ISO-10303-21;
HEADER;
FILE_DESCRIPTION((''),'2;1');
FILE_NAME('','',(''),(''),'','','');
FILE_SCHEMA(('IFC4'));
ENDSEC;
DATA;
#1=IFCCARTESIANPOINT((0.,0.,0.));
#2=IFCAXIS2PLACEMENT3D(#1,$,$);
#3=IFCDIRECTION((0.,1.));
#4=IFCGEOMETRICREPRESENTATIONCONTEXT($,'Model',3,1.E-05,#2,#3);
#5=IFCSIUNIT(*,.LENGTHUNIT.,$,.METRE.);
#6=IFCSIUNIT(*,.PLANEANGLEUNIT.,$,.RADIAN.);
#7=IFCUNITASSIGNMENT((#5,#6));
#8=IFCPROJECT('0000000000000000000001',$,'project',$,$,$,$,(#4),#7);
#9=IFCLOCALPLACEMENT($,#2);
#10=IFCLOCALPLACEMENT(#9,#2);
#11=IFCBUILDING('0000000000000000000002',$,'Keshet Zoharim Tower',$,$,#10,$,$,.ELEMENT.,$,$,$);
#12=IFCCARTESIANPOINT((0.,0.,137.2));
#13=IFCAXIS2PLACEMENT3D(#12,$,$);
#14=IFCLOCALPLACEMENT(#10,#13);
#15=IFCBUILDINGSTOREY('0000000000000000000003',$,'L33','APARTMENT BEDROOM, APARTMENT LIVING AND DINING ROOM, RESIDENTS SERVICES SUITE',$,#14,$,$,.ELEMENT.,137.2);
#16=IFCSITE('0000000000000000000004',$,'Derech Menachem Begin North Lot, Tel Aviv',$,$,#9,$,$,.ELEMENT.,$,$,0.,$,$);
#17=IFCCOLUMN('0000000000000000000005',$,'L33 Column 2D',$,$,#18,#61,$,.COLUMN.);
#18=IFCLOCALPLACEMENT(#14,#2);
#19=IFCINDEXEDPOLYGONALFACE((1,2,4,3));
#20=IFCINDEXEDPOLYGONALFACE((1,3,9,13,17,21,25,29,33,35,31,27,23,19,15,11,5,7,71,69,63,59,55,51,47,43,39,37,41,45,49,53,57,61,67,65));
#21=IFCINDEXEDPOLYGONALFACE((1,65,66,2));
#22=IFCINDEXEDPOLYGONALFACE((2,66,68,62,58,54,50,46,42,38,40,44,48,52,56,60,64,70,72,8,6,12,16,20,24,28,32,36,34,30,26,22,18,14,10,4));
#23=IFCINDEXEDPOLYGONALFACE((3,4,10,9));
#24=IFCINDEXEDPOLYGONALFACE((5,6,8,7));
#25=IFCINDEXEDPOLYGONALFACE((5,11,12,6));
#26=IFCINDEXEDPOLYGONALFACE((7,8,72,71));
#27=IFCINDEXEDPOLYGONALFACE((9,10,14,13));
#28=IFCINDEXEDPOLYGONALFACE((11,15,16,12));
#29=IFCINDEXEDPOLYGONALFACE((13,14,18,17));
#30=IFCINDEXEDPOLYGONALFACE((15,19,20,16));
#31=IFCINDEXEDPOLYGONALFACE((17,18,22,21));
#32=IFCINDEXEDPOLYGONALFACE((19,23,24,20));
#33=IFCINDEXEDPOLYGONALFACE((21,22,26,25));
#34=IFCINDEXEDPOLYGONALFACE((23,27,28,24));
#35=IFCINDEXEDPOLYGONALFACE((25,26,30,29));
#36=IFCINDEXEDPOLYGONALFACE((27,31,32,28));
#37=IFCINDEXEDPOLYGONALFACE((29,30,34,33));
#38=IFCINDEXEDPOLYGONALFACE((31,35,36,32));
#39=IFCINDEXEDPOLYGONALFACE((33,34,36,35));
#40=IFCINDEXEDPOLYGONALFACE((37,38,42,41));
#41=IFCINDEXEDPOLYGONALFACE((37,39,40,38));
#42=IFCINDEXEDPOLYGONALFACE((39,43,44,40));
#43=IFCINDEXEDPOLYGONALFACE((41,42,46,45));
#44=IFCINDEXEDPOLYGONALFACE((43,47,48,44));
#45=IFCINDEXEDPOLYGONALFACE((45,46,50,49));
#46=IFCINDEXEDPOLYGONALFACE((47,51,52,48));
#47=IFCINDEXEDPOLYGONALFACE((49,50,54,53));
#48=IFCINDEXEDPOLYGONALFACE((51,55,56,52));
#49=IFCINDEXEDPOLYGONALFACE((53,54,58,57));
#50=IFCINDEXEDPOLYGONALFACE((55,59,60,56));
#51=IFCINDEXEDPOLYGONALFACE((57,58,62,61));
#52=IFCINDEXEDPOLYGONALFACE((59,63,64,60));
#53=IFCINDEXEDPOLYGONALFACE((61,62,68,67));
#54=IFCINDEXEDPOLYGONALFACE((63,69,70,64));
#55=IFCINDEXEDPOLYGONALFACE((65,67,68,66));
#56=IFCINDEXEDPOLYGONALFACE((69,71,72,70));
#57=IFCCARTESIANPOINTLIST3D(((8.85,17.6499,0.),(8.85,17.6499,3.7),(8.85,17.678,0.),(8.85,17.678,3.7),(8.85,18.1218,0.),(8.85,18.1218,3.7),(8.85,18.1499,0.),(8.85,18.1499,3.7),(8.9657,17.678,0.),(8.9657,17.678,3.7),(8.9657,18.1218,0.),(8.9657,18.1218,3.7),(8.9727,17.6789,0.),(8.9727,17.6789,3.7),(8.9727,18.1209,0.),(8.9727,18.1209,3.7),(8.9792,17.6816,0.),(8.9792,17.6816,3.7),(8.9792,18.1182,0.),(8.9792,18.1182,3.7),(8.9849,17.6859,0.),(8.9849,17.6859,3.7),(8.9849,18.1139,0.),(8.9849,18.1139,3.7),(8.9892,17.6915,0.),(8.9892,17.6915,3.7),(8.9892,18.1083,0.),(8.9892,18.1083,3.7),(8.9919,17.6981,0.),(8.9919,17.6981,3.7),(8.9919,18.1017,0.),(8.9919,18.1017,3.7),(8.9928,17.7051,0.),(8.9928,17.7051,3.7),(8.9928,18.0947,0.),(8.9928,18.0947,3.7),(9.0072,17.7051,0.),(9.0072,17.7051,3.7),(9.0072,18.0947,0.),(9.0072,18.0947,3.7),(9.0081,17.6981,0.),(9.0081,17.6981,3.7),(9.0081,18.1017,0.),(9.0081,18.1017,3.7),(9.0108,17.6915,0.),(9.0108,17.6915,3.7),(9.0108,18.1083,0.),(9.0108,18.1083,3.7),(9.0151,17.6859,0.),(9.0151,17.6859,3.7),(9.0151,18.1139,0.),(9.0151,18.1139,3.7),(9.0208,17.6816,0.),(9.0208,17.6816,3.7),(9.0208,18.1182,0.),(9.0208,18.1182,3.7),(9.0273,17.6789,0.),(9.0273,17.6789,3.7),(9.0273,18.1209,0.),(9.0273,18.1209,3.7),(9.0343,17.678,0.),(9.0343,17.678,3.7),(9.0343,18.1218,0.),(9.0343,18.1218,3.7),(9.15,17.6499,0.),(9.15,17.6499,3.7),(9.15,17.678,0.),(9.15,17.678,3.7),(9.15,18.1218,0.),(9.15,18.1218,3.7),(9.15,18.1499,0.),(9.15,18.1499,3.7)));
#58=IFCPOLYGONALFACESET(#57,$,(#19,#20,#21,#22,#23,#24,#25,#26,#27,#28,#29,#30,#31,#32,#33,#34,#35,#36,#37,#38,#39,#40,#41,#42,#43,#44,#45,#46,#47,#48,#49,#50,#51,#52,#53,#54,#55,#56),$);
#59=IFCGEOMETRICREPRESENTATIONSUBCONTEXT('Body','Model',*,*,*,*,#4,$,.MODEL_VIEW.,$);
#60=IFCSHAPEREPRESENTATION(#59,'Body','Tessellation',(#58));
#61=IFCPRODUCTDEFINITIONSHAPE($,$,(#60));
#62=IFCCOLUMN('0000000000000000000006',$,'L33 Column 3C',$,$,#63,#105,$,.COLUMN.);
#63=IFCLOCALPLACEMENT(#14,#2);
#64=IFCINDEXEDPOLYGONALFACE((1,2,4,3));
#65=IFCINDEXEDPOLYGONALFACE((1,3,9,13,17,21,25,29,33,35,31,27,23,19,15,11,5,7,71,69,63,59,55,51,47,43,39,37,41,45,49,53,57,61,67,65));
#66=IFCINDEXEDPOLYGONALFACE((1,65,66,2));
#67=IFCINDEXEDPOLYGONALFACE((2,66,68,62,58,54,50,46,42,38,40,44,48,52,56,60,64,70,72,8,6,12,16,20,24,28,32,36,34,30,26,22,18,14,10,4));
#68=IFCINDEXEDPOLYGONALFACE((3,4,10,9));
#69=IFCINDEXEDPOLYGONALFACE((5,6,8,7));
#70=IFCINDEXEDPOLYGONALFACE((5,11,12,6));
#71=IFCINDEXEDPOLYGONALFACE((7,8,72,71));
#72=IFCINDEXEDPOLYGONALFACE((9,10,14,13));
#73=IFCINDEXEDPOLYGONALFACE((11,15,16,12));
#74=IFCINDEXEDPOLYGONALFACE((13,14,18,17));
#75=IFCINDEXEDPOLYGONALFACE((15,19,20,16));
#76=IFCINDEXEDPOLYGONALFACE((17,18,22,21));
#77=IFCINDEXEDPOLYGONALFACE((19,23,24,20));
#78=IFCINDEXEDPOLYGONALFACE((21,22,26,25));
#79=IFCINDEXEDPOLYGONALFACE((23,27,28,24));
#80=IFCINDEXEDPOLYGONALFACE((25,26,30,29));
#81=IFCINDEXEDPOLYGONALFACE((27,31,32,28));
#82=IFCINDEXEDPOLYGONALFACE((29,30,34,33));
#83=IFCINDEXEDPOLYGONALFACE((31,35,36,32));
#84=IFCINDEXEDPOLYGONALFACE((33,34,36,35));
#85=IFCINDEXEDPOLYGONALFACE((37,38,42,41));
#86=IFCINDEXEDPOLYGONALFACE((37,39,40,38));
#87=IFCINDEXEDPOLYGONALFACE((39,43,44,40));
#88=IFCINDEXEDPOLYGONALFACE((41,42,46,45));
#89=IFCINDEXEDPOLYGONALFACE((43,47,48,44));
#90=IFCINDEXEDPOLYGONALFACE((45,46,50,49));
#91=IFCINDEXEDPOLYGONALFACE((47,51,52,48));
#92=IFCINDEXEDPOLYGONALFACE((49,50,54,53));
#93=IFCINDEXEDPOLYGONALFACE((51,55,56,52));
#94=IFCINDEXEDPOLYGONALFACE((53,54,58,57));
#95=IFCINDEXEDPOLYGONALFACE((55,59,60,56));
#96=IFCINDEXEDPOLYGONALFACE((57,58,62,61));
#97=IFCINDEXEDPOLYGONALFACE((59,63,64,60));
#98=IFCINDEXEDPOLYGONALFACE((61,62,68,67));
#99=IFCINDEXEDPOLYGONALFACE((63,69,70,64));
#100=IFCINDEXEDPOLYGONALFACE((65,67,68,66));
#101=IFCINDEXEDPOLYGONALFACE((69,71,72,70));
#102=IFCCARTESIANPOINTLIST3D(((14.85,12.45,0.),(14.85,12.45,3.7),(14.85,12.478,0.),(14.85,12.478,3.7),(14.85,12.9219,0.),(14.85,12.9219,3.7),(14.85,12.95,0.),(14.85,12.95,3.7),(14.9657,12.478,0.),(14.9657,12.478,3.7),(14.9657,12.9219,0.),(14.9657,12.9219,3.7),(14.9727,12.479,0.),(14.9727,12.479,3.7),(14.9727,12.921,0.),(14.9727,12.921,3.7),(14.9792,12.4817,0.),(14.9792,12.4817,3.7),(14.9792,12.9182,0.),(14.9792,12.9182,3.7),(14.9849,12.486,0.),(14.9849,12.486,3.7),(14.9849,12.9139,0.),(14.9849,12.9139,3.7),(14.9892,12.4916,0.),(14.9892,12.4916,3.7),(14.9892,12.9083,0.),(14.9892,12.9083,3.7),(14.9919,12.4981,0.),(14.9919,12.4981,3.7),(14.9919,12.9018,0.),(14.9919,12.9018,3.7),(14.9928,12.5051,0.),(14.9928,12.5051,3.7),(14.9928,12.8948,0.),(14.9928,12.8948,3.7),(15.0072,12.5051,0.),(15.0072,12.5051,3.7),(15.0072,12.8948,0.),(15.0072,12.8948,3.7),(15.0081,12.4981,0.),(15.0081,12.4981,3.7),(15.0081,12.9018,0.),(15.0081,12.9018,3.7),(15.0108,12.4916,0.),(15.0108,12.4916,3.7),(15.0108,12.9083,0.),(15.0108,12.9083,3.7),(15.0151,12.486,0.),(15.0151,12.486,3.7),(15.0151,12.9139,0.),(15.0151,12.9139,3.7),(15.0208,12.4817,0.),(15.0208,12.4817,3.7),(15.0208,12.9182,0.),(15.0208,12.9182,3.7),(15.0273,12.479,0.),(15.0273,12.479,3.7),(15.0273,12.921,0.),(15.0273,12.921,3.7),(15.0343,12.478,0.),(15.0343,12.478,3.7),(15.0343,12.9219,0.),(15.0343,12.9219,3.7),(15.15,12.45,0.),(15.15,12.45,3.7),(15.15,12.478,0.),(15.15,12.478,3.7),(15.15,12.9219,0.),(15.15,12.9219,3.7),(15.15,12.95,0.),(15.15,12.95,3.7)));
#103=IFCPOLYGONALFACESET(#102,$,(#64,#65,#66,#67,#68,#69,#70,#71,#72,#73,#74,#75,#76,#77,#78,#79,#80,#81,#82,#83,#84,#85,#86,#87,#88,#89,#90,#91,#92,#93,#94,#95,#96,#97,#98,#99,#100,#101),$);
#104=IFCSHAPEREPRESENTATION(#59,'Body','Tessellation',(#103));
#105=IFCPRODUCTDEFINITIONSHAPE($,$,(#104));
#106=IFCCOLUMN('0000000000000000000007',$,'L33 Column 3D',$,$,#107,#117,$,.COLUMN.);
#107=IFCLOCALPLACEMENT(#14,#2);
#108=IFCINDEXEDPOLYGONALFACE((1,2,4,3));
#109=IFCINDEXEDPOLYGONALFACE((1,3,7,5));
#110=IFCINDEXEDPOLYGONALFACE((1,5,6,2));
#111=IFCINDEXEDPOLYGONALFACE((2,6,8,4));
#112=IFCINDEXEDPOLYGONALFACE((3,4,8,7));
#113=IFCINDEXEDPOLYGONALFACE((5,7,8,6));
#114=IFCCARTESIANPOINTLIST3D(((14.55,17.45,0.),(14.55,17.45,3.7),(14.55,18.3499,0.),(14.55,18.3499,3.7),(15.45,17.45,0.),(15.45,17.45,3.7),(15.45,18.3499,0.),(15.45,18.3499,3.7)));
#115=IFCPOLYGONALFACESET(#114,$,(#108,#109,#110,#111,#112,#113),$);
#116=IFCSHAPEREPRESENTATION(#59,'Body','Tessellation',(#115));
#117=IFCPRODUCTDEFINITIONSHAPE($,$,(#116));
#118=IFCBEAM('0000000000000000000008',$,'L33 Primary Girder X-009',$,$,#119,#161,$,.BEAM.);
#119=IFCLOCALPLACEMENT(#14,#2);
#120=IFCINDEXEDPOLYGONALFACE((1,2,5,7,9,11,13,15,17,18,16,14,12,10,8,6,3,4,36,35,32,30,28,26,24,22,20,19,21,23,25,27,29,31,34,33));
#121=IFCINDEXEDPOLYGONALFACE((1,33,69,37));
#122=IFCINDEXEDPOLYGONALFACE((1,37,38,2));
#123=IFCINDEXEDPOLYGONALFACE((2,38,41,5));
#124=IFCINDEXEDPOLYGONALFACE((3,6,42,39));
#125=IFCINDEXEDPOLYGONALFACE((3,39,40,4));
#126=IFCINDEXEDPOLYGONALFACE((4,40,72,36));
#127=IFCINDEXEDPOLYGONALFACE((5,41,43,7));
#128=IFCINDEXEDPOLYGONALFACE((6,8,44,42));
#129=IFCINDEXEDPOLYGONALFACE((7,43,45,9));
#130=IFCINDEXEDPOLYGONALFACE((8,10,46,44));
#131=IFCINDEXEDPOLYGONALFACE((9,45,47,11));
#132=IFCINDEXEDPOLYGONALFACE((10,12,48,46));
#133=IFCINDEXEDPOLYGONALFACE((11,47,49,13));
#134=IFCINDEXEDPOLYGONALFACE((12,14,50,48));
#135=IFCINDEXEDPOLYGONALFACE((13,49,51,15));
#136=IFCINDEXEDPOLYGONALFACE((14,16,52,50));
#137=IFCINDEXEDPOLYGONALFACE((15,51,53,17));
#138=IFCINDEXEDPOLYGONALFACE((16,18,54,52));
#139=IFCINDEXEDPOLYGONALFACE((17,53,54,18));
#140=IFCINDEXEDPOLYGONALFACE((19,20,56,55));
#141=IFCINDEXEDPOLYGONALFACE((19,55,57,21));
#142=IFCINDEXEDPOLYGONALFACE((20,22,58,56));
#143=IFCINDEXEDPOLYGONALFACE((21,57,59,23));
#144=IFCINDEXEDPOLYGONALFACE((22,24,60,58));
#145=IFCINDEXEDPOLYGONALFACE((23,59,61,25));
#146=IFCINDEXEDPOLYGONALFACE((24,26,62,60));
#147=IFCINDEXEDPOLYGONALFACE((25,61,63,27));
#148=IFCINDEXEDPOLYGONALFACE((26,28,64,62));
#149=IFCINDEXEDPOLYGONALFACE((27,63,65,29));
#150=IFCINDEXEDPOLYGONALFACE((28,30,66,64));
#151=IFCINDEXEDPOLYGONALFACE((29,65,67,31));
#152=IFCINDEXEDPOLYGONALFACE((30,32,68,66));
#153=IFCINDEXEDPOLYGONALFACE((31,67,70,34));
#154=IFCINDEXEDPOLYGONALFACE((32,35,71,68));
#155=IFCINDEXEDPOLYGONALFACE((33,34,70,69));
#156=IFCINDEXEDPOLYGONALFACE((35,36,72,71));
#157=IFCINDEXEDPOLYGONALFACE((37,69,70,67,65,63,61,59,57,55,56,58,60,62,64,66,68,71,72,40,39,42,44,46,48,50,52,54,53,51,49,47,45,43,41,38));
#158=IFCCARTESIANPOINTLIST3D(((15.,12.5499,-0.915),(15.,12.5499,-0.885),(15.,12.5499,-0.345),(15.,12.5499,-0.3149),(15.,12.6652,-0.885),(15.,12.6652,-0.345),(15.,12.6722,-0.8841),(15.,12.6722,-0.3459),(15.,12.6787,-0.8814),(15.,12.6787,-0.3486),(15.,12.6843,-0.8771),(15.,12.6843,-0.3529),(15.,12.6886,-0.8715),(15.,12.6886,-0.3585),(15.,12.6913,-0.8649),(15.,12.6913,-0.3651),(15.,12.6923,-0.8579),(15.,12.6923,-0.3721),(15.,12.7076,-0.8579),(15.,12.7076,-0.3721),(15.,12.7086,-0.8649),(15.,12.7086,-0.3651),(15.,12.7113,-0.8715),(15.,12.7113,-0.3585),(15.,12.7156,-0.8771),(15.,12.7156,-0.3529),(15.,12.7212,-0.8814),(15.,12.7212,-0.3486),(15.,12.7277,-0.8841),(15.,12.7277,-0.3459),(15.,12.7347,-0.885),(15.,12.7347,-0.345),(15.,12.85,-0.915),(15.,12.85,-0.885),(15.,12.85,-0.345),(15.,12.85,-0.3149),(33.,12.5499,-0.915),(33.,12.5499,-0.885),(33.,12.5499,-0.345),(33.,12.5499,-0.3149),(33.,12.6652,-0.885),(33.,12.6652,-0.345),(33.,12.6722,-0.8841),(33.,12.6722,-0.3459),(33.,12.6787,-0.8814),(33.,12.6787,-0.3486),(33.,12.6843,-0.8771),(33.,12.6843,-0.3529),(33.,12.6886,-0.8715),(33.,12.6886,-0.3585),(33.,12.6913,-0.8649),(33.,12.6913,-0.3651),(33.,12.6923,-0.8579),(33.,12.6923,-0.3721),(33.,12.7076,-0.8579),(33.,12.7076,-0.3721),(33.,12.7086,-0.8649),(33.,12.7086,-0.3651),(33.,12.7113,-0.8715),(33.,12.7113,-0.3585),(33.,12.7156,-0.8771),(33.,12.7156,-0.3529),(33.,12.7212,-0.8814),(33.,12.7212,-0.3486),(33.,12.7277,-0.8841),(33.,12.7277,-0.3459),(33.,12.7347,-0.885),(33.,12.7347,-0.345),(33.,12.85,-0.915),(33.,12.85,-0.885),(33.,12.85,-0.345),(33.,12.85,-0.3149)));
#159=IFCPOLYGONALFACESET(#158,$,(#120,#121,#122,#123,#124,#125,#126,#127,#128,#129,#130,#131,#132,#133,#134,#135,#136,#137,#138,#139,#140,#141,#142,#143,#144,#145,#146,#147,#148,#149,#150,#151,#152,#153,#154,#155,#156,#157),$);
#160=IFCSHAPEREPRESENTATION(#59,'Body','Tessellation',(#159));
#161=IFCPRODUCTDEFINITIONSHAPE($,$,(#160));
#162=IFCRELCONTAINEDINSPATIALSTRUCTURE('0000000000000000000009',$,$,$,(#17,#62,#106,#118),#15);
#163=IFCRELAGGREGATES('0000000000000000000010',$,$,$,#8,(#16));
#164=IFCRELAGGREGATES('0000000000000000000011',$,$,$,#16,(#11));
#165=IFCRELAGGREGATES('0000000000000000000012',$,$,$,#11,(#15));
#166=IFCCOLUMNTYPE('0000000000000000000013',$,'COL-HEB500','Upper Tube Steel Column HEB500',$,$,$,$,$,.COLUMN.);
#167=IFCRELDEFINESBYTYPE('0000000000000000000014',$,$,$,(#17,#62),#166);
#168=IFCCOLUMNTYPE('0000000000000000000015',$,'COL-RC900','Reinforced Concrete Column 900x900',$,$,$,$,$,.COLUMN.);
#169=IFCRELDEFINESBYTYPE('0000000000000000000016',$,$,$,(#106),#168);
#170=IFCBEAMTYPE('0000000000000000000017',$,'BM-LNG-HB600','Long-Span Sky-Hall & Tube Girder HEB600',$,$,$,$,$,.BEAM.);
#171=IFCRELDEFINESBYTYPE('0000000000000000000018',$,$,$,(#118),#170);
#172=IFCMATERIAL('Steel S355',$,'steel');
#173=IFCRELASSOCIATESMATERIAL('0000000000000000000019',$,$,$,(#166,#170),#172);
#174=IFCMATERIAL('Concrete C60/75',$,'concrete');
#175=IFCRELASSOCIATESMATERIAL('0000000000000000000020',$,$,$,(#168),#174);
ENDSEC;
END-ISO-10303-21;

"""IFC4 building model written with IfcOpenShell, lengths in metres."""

from ifc_helpers import new_model, si_unit, direction, frame, origin, origin_2d, place, context, subcontext, project, spatial, rectangle, i_section, extrude, material, material_profile, profile_set, type_object, element, save


model = new_model("IFC4")

# Units and contexts
model_context = context("Model", 3, precision=1e-05, world=origin(), true_north=direction((0.0, 1.0)))
body_context = subcontext(model_context, "Body", "Model", "MODEL_VIEW")
ifc_project = project(units=[si_unit("LENGTHUNIT", "METRE"), si_unit("PLANEANGLEUNIT", "RADIAN")], contexts=[model_context])

# Site, building, storey
site_placement = place(None, origin())
site = spatial("IfcSite", under=ifc_project, at=site_placement, Name="Derech Menachem Begin North Lot, Tel Aviv", CompositionType="ELEMENT", RefElevation=0.0)
building_placement = place(site_placement, origin())
building = spatial("IfcBuilding", under=site, at=building_placement, Name="Keshet Zoharim Tower", CompositionType="ELEMENT")
storey_placement = place(building_placement, frame((0.0, 0.0, 137.2)))
storey = spatial("IfcBuildingStorey", under=building, at=storey_placement, Name="L33", Description="APARTMENT BEDROOM, APARTMENT LIVING AND DINING ROOM, RESIDENTS SERVICES SUITE", CompositionType="ELEMENT", Elevation=137.2)

# Columns
ifc_material_1 = material(Name="Steel S355", Category="steel")
ifc_material_profile_1 = material_profile(ifc_material_1, i_section(OverallWidth=0.3, OverallDepth=0.5, WebThickness=0.0144, FlangeThickness=0.0281, FilletRadius=0.0271, at=origin_2d()), Name="HEB500")
ifc_profile_set_1 = profile_set([ifc_material_profile_1], Name="Steel S355")
column_type_1 = type_object("IfcColumnType", Name="COL-HEB500", Description="Upper Tube Steel Column HEB500", PredefinedType="COLUMN", material=ifc_profile_set_1)
for number, where, z_axis, x_axis, name in (
    (1, (9.0, 17.8999, 0.0), (0.0, 0.0, 1.0), (1.0, 0.0, 0.0), "L33 Column 2D"),
    (2, (15.0, 12.7, 0.0), (0.0, 0.0, 1.0), (1.0, 0.0, 0.0), "L33 Column 3C"),
):
    element("IfcColumn", number, at=place(storey_placement, frame(where, z_axis=z_axis, x_axis=x_axis)), inside=storey, type_object=column_type_1, Name=name, PredefinedType="COLUMN", context=body_context, shape_type="SweptSolid", body=[
        extrude(i_section(OverallWidth=0.3, OverallDepth=0.5, WebThickness=0.0144, FlangeThickness=0.0281, FilletRadius=0.0271, at=origin_2d()), origin(), (0.0, 0.0, 1.0), 3.7),
    ])
ifc_material_2 = material(Name="Concrete C60/75", Category="concrete")
ifc_material_profile_2 = material_profile(ifc_material_2, rectangle(XDim=0.8999, YDim=0.8999, at=origin_2d()), Name="RC900x900")
ifc_profile_set_2 = profile_set([ifc_material_profile_2], Name="Concrete C60/75")
column_type_2 = type_object("IfcColumnType", Name="COL-RC900", Description="Reinforced Concrete Column 900x900", PredefinedType="COLUMN", material=ifc_profile_set_2)
column_placement = place(storey_placement, frame((15.0, 17.8999, 0.0), z_axis=(0.0, 0.0, 1.0), x_axis=(1.0, 0.0, 0.0)))
element("IfcColumn", 3, at=column_placement, inside=storey, type_object=column_type_2, Name="L33 Column 3D", PredefinedType="COLUMN", context=body_context, shape_type="SweptSolid", body=[
    extrude(rectangle(XDim=0.8999, YDim=0.8999, at=origin_2d()), origin(), (0.0, 0.0, 1.0), 3.7),
])

# Beam
ifc_material_profile_3 = material_profile(ifc_material_1, i_section(OverallWidth=0.3, OverallDepth=0.6001, WebThickness=0.0154, FlangeThickness=0.03, FilletRadius=0.0271, at=origin_2d()), Name="HEB600")
ifc_profile_set_3 = profile_set([ifc_material_profile_3], Name="Steel S355")
beam_type_1 = type_object("IfcBeamType", Name="BM-LNG-HB600", Description="Long-Span Sky-Hall & Tube Girder HEB600", PredefinedType="BEAM", material=ifc_profile_set_3)
for number, where, z_axis, x_axis, name in (
    (4, (15.0, 12.7, -0.615), (1.0, 0.0, 0.0), (0.0, 1.0, 0.0), "L33 Primary Girder X-009"),
):
    element("IfcBeam", number, at=place(storey_placement, frame(where, z_axis=z_axis, x_axis=x_axis)), inside=storey, type_object=beam_type_1, Name=name, PredefinedType="BEAM", context=body_context, shape_type="SweptSolid", body=[
        extrude(i_section(OverallWidth=0.3, OverallDepth=0.6001, WebThickness=0.0154, FlangeThickness=0.03, FilletRadius=0.0271, at=origin_2d()), origin(), (0.0, 0.0, 1.0), 18.0),
    ])

save(model, "model.ifc")
